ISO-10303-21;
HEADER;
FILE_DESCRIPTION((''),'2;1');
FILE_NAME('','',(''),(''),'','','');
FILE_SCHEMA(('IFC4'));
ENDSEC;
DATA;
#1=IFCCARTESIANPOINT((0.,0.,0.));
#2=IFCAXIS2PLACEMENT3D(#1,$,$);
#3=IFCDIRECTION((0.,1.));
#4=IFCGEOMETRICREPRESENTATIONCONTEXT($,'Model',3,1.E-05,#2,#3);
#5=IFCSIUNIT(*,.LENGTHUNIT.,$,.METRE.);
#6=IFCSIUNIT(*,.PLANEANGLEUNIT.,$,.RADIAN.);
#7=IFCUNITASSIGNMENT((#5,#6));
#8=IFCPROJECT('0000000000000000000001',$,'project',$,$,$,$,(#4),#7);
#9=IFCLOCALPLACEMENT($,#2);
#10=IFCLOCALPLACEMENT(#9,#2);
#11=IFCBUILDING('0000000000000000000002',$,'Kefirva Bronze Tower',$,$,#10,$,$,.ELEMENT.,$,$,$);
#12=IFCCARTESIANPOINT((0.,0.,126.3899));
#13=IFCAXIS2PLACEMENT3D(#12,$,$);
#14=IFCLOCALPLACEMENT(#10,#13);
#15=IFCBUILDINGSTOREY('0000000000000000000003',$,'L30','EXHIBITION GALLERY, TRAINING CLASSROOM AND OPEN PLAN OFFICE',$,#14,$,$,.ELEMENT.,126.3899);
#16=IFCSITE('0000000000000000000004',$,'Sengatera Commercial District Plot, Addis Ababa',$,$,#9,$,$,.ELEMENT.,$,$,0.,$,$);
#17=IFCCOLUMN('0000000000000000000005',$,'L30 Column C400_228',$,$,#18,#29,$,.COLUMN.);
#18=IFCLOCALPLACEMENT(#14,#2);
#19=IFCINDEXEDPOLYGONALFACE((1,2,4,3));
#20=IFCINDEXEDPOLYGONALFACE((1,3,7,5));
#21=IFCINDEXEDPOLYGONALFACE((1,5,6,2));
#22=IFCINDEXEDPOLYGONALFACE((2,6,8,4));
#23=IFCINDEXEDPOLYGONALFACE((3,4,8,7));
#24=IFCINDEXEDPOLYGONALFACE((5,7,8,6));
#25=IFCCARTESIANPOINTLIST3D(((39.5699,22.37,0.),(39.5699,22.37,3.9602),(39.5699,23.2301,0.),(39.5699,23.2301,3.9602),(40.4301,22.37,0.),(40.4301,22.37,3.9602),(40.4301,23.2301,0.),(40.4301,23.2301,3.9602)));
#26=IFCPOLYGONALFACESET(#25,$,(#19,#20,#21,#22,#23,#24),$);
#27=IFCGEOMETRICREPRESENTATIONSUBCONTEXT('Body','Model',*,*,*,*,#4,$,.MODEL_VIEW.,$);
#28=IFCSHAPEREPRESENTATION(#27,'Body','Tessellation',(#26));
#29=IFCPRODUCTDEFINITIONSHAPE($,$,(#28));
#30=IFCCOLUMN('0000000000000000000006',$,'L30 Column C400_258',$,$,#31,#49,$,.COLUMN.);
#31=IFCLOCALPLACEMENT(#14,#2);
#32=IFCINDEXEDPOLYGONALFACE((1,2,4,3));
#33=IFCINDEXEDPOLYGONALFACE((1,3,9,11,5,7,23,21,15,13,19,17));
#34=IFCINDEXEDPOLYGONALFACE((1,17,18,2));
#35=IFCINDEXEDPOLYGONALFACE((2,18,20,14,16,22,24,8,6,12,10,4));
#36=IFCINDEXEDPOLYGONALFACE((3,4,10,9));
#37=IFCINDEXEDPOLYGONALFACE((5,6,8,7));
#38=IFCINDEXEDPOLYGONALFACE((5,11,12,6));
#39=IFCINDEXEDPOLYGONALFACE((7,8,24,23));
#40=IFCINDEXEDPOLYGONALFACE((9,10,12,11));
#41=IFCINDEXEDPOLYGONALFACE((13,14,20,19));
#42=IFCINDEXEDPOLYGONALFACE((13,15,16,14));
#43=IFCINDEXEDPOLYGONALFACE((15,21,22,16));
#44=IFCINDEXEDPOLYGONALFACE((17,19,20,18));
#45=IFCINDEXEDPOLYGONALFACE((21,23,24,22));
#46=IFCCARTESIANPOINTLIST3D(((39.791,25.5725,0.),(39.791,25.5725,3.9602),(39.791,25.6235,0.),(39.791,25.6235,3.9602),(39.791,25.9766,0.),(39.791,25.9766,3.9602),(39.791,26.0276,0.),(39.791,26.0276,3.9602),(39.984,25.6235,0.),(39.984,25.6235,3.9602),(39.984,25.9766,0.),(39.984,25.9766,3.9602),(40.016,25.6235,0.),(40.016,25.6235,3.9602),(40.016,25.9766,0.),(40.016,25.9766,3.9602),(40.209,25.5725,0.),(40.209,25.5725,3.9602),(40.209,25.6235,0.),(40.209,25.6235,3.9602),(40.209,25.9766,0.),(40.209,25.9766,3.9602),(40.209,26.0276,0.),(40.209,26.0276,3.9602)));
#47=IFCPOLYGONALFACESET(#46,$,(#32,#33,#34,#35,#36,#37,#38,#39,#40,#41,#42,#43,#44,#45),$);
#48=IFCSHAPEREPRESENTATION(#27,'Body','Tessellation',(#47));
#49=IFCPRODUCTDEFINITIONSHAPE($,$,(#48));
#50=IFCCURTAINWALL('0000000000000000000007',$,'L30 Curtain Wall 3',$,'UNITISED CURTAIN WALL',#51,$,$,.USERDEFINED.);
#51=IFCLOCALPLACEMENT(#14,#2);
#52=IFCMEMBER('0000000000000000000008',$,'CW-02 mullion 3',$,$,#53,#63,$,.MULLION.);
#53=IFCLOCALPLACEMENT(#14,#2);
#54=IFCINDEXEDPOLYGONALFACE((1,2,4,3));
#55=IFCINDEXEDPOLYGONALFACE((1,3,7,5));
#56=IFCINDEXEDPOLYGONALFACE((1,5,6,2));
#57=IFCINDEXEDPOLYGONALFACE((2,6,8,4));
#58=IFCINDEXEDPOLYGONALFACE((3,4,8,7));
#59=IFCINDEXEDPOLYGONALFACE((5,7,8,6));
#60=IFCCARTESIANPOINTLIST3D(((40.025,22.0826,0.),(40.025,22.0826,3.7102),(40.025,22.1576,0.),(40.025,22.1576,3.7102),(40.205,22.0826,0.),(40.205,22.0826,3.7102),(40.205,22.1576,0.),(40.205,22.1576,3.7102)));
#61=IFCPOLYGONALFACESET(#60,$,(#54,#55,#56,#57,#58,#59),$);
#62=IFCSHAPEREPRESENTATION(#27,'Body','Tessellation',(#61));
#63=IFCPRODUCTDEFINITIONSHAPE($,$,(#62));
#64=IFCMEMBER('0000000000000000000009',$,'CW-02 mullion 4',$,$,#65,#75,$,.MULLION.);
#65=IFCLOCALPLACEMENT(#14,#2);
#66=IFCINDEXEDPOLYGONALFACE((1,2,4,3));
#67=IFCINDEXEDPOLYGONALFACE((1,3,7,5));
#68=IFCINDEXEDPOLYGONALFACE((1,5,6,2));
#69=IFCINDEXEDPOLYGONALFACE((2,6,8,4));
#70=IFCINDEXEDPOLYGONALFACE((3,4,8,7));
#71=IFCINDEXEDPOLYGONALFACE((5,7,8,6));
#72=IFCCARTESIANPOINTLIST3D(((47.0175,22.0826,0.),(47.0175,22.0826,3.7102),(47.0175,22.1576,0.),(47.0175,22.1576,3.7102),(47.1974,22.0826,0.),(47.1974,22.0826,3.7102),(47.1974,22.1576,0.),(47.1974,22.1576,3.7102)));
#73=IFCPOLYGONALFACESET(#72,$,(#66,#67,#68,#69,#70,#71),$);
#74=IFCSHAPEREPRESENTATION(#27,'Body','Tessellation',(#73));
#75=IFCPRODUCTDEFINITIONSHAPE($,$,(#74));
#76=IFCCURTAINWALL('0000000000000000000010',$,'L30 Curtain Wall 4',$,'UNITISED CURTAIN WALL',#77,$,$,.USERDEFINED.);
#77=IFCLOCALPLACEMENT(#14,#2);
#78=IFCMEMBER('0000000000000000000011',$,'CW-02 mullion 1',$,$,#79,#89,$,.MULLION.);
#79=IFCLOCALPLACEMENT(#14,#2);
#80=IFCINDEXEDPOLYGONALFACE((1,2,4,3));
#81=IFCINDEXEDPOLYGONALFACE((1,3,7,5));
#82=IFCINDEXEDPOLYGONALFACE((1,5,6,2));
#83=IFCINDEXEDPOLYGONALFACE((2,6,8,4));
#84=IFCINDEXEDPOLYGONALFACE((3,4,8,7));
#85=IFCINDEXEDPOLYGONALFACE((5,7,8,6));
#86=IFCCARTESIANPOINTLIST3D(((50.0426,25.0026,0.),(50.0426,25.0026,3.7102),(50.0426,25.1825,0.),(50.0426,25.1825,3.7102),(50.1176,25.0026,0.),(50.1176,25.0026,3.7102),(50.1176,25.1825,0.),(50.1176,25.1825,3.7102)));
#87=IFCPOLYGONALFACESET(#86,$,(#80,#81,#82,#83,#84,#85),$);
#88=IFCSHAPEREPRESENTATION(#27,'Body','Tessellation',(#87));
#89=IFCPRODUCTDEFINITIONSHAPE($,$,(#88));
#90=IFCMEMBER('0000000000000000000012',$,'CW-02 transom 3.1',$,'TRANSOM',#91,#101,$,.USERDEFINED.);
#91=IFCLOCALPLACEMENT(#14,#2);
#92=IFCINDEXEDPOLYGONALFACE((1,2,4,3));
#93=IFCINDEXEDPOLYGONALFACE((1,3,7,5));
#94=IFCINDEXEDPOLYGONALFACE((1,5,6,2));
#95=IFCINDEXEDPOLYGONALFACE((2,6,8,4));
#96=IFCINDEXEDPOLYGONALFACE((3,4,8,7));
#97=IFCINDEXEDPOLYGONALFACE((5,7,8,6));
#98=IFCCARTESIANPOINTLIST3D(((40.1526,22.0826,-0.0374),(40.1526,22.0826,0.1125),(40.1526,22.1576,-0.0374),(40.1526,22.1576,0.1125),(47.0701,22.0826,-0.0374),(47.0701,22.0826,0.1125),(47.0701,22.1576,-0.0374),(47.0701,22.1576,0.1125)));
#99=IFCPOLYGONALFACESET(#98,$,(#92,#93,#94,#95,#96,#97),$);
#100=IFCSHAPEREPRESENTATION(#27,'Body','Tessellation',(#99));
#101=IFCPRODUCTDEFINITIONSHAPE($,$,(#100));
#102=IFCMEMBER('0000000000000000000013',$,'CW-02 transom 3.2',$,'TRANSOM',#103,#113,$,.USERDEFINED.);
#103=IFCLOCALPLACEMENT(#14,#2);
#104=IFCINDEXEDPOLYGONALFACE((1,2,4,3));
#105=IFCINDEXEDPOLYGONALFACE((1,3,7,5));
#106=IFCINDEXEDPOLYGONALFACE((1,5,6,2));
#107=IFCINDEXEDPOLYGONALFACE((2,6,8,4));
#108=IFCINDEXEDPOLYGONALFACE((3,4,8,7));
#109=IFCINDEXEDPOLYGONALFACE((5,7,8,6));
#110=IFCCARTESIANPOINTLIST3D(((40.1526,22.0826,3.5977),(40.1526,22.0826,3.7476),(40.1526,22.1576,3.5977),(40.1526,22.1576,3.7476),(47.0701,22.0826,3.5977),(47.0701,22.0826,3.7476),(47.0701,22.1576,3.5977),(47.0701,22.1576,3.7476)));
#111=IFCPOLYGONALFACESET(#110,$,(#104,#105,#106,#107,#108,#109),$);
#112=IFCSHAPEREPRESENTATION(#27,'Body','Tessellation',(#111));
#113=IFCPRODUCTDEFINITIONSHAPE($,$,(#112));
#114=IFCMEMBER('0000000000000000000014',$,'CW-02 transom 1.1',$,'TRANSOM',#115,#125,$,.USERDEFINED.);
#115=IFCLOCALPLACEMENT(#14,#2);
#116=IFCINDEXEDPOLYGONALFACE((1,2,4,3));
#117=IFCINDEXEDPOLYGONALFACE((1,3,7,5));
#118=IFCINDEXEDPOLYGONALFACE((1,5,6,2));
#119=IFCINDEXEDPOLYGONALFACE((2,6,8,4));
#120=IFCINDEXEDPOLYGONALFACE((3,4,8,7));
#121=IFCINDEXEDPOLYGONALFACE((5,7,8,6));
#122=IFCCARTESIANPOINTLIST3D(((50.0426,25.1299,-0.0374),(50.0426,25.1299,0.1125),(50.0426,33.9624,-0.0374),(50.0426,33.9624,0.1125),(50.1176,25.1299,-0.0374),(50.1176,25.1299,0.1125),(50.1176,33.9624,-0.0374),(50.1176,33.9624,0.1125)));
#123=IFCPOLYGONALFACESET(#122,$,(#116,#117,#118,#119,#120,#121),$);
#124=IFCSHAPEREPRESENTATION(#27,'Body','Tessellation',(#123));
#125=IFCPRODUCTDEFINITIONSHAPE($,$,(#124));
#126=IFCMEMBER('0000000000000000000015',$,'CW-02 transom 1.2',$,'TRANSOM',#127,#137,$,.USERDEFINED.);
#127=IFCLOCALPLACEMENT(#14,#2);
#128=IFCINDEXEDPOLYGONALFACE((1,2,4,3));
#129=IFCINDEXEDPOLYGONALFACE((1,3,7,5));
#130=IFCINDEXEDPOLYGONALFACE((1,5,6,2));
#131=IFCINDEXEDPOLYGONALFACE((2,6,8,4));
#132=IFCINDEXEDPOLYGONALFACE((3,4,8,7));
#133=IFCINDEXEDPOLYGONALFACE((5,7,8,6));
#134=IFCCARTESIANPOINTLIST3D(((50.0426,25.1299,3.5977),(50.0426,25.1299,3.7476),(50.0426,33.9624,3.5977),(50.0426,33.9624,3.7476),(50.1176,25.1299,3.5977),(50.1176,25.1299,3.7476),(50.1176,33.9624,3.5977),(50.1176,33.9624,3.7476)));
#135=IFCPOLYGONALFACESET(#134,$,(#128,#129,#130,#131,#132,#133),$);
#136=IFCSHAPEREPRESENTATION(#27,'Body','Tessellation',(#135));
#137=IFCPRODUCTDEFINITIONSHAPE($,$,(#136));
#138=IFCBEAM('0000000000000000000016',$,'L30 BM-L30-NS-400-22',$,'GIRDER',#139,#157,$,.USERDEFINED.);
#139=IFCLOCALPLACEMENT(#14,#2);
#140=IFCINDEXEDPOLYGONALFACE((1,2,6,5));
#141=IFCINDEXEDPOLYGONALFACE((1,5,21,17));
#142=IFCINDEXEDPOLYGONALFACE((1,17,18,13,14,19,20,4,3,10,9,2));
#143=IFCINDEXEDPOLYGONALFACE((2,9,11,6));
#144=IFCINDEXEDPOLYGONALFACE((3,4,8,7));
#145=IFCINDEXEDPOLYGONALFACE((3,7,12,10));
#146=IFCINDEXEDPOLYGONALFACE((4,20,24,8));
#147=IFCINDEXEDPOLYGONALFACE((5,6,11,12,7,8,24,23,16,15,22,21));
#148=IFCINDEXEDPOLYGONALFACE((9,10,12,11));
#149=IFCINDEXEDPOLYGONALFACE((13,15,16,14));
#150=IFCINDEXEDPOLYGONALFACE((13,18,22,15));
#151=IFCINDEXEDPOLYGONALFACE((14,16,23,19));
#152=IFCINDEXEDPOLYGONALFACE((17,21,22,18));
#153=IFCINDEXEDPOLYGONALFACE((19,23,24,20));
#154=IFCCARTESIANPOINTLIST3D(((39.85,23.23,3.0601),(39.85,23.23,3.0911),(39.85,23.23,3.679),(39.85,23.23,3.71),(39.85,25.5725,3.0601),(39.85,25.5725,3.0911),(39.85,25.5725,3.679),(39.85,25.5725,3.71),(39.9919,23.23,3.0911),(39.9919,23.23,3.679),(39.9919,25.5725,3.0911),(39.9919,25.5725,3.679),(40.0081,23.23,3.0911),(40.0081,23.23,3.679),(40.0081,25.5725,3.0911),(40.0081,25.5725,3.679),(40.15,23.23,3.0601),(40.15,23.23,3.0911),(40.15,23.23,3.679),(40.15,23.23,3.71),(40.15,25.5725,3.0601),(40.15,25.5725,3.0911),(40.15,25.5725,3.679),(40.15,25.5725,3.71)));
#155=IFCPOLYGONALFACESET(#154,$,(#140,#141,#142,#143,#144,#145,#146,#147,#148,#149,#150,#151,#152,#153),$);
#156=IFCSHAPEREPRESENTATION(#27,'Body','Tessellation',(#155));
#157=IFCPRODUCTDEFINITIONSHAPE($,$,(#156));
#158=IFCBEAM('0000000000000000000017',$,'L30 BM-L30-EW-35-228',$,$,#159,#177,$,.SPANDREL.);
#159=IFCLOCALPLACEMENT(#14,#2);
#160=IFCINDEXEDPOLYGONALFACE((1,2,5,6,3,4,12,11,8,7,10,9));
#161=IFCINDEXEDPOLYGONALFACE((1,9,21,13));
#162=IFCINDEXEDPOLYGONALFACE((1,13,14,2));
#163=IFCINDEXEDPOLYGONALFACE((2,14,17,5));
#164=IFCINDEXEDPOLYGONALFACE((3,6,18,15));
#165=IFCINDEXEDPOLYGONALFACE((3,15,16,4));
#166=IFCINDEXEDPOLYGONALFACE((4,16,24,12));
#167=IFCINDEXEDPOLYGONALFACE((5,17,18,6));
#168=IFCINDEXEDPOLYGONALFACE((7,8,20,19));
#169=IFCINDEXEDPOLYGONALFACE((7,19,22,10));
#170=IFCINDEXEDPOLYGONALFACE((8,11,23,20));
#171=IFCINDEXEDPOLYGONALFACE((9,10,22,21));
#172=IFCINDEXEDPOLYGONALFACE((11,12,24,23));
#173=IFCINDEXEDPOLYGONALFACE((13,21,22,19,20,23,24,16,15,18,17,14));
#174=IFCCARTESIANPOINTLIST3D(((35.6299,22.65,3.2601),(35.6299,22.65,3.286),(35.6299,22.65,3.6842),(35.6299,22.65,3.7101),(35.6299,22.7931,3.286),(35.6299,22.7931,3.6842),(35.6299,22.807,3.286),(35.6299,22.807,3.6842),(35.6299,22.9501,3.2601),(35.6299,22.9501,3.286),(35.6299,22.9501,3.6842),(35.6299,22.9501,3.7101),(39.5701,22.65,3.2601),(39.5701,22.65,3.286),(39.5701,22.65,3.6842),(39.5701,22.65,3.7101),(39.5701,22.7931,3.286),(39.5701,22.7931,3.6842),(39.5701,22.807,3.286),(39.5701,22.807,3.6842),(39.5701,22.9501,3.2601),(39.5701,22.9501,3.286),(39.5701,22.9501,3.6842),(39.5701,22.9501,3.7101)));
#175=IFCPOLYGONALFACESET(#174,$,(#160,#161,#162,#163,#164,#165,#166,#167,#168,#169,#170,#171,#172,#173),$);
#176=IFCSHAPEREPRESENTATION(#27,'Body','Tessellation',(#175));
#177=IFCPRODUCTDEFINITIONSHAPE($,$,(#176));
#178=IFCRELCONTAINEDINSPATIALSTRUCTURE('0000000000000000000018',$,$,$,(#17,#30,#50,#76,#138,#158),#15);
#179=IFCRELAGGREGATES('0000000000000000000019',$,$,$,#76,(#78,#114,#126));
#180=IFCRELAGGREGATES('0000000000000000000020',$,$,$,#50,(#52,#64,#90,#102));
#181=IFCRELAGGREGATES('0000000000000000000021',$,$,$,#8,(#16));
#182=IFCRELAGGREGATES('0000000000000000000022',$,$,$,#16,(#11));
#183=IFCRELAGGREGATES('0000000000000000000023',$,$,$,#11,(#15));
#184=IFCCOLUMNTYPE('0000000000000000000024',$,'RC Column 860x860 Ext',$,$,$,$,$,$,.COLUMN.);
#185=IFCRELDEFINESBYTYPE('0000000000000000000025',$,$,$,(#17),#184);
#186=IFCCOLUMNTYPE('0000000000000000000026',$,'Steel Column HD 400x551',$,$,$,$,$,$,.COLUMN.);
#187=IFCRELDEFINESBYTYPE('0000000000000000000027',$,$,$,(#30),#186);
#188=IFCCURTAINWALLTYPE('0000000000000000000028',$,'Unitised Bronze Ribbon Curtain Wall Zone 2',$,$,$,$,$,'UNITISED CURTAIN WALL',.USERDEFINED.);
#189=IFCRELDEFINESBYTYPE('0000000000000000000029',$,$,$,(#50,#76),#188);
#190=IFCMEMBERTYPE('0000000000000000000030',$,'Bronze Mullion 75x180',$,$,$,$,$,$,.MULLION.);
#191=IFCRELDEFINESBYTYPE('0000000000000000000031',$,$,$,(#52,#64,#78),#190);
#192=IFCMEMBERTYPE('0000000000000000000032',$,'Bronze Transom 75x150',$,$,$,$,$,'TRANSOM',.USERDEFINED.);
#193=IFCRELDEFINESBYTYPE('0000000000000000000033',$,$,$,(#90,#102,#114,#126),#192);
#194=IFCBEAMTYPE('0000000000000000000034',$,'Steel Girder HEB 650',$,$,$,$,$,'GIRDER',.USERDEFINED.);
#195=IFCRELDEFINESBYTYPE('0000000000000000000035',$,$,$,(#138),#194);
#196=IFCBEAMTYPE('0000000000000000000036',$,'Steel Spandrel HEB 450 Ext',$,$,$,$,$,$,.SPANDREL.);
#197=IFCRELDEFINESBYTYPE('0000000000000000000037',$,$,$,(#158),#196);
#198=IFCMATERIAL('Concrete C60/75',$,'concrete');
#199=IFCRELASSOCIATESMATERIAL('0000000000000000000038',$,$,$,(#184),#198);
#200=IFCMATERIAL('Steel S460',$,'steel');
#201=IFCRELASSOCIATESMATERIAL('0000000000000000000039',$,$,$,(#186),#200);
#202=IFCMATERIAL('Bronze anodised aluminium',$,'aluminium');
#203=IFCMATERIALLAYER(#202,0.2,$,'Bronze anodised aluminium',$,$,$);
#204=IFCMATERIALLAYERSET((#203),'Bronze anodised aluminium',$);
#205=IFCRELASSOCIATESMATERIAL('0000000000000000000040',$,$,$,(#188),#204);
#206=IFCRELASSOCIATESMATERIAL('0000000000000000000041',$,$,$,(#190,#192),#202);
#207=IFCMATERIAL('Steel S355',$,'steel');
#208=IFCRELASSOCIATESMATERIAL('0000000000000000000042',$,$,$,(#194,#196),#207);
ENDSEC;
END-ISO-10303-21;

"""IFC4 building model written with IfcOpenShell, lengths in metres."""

from ifc_helpers import new_model, si_unit, direction, frame, origin, origin_2d, place, context, subcontext, project, spatial, rectangle, i_section, extrude, material, layer, layer_set, material_profile, profile_set, type_object, element, aggregate, save


model = new_model("IFC4")

# Units and contexts
model_context = context("Model", 3, precision=1e-05, world=origin(), true_north=direction((0.0, 1.0)))
body_context = subcontext(model_context, "Body", "Model", "MODEL_VIEW")
ifc_project = project(units=[si_unit("LENGTHUNIT", "METRE"), si_unit("PLANEANGLEUNIT", "RADIAN")], contexts=[model_context])

# Site, building, storey
site_placement = place(None, origin())
site = spatial("IfcSite", under=ifc_project, at=site_placement, Name="Sengatera Commercial District Plot, Addis Ababa", CompositionType="ELEMENT", RefElevation=0.0)
building_placement = place(site_placement, origin())
building = spatial("IfcBuilding", under=site, at=building_placement, Name="Kefirva Bronze Tower", CompositionType="ELEMENT")
storey_placement = place(building_placement, frame((0.0, 0.0, 126.3899)))
storey = spatial("IfcBuildingStorey", under=building, at=storey_placement, Name="L30", Description="EXHIBITION GALLERY, TRAINING CLASSROOM AND OPEN PLAN OFFICE", CompositionType="ELEMENT", Elevation=126.3899)

# Columns
ifc_material_1 = material(Name="Concrete C60/75", Category="concrete")
ifc_material_profile_1 = material_profile(ifc_material_1, rectangle(XDim=0.8601, YDim=0.8601, at=origin_2d()), Name="RC 860x860")
ifc_profile_set_1 = profile_set([ifc_material_profile_1], Name="Concrete C60/75")
column_type_1 = type_object("IfcColumnType", Name="RC Column 860x860 Ext", PredefinedType="COLUMN", material=ifc_profile_set_1)
column_1_placement = place(storey_placement, frame((40.0, 22.8, 0.0), z_axis=(0.0, 0.0, 1.0), x_axis=(1.0, 0.0, 0.0)))
element("IfcColumn", 1, at=column_1_placement, inside=storey, type_object=column_type_1, Name="L30 Column C400_228", PredefinedType="COLUMN", context=body_context, shape_type="SweptSolid", body=[
    extrude(rectangle(XDim=0.8601, YDim=0.8601, at=origin_2d()), origin(), (0.0, 0.0, 1.0), 3.9602),
])
ifc_material_2 = material(Name="Steel S460", Category="steel")
ifc_material_profile_2 = material_profile(ifc_material_2, i_section(OverallWidth=0.418, OverallDepth=0.4551, WebThickness=0.032, FlangeThickness=0.051, at=origin_2d()), Name="HD 400x551")
ifc_profile_set_2 = profile_set([ifc_material_profile_2], Name="Steel S460")
column_type_2 = type_object("IfcColumnType", Name="Steel Column HD 400x551", PredefinedType="COLUMN", material=ifc_profile_set_2)
column_2_placement = place(storey_placement, frame((40.0, 25.8, 0.0), z_axis=(0.0, 0.0, 1.0), x_axis=(1.0, 0.0, 0.0)))
element("IfcColumn", 2, at=column_2_placement, inside=storey, type_object=column_type_2, Name="L30 Column C400_258", PredefinedType="COLUMN", context=body_context, shape_type="SweptSolid", body=[
    extrude(i_section(OverallWidth=0.418, OverallDepth=0.4551, WebThickness=0.032, FlangeThickness=0.051, at=origin_2d()), origin(), (0.0, 0.0, 1.0), 3.9602),
])

# Curtain wall, members
ifc_material_3 = material(Name="Bronze anodised aluminium", Category="aluminium")
ifc_layer_1 = layer(ifc_material_3, 0.2, Name="Bronze anodised aluminium")
ifc_layer_set_1 = layer_set([ifc_layer_1], Name="Bronze anodised aluminium")
curtain_wall_type = type_object("IfcCurtainWallType", Name="Unitised Bronze Ribbon Curtain Wall Zone 2", ElementType="UNITISED CURTAIN WALL", PredefinedType="USERDEFINED", material=ifc_layer_set_1)
curtain_wall_1_placement = place(storey_placement, origin())
curtain_wall_1 = element("IfcCurtainWall", 3, at=curtain_wall_1_placement, inside=storey, type_object=curtain_wall_type, Name="L30 Curtain Wall 3", ObjectType="UNITISED CURTAIN WALL", PredefinedType="USERDEFINED")
ifc_material_profile_3 = material_profile(ifc_material_3, rectangle(XDim=0.075, YDim=0.1799, at=origin_2d()), Name="ALU 75x180")
ifc_profile_set_3 = profile_set([ifc_material_profile_3], Name="Bronze anodised aluminium")
member_type_1 = type_object("IfcMemberType", Name="Bronze Mullion 75x180", PredefinedType="MULLION", material=ifc_profile_set_3)
member_1_placement = place(storey_placement, frame((40.115, 22.1201, 0.0), z_axis=(0.0, 0.0, 1.0), x_axis=(0.0, 1.0, 0.0)))
member_1 = element("IfcMember", 4, at=member_1_placement, type_object=member_type_1, Name="CW-02 mullion 3", PredefinedType="MULLION", context=body_context, shape_type="SweptSolid", body=[
    extrude(rectangle(XDim=0.075, YDim=0.1799, at=origin_2d()), origin(), (0.0, 0.0, 1.0), 3.7102),
])
member_2_placement = place(storey_placement, frame((47.1074, 22.1201, 0.0), z_axis=(0.0, 0.0, 1.0), x_axis=(0.0, 1.0, 0.0)))
member_2 = element("IfcMember", 5, at=member_2_placement, type_object=member_type_1, Name="CW-02 mullion 4", PredefinedType="MULLION", context=body_context, shape_type="SweptSolid", body=[
    extrude(rectangle(XDim=0.075, YDim=0.1799, at=origin_2d()), origin(), (0.0, 0.0, 1.0), 3.7102),
])

# Curtain wall, member
curtain_wall_2_placement = place(storey_placement, origin())
curtain_wall_2 = element("IfcCurtainWall", 6, at=curtain_wall_2_placement, inside=storey, type_object=curtain_wall_type, Name="L30 Curtain Wall 4", ObjectType="UNITISED CURTAIN WALL", PredefinedType="USERDEFINED")
member_3_placement = place(storey_placement, frame((50.0801, 25.0925, 0.0), z_axis=(0.0, 0.0, 1.0), x_axis=(-1.0, 0.0, 0.0)))
member_3 = element("IfcMember", 7, at=member_3_placement, type_object=member_type_1, Name="CW-02 mullion 1", PredefinedType="MULLION", context=body_context, shape_type="SweptSolid", body=[
    extrude(rectangle(XDim=0.075, YDim=0.1799, at=origin_2d()), origin(), (0.0, 0.0, 1.0), 3.7102),
])

# Members
ifc_material_profile_4 = material_profile(ifc_material_3, rectangle(XDim=0.075, YDim=0.1499, at=origin_2d()), Name="ALU 75x150")
ifc_profile_set_4 = profile_set([ifc_material_profile_4], Name="Bronze anodised aluminium")
member_type_2 = type_object("IfcMemberType", Name="Bronze Transom 75x150", ElementType="TRANSOM", PredefinedType="USERDEFINED", material=ifc_profile_set_4)
member_4_placement = place(storey_placement, frame((40.1526, 22.1201, 0.0376), z_axis=(1.0, 0.0, 0.0), x_axis=(0.0, 1.0, 0.0)))
member_4 = element("IfcMember", 8, at=member_4_placement, type_object=member_type_2, Name="CW-02 transom 3.1", ObjectType="TRANSOM", PredefinedType="USERDEFINED", context=body_context, shape_type="SweptSolid", body=[
    extrude(rectangle(XDim=0.075, YDim=0.1499, at=origin_2d()), origin(), (0.0, 0.0, 1.0), 6.9175),
])
member_5_placement = place(storey_placement, frame((40.1526, 22.1201, 3.6726), z_axis=(1.0, 0.0, 0.0), x_axis=(0.0, 1.0, 0.0)))
member_5 = element("IfcMember", 9, at=member_5_placement, type_object=member_type_2, Name="CW-02 transom 3.2", ObjectType="TRANSOM", PredefinedType="USERDEFINED", context=body_context, shape_type="SweptSolid", body=[
    extrude(rectangle(XDim=0.075, YDim=0.1499, at=origin_2d()), origin(), (0.0, 0.0, 1.0), 6.9175),
])
member_6_placement = place(storey_placement, frame((50.0801, 25.1299, 0.0376), z_axis=(0.0, 1.0, 0.0), x_axis=(-1.0, 0.0, 0.0)))
member_6 = element("IfcMember", 10, at=member_6_placement, type_object=member_type_2, Name="CW-02 transom 1.1", ObjectType="TRANSOM", PredefinedType="USERDEFINED", context=body_context, shape_type="SweptSolid", body=[
    extrude(rectangle(XDim=0.075, YDim=0.1499, at=origin_2d()), origin(), (0.0, 0.0, 1.0), 8.8325),
])
member_7_placement = place(storey_placement, frame((50.0801, 25.1299, 3.6726), z_axis=(0.0, 1.0, 0.0), x_axis=(-1.0, 0.0, 0.0)))
member_7 = element("IfcMember", 11, at=member_7_placement, type_object=member_type_2, Name="CW-02 transom 1.2", ObjectType="TRANSOM", PredefinedType="USERDEFINED", context=body_context, shape_type="SweptSolid", body=[
    extrude(rectangle(XDim=0.075, YDim=0.1499, at=origin_2d()), origin(), (0.0, 0.0, 1.0), 8.8325),
])
aggregate(curtain_wall_2, [member_3, member_6, member_7])

# Beams
ifc_material_4 = material(Name="Steel S355", Category="steel")
ifc_material_profile_5 = material_profile(ifc_material_4, i_section(OverallWidth=0.3, OverallDepth=0.6499, WebThickness=0.0161, FlangeThickness=0.031, at=origin_2d()), Name="HEB 650")
ifc_profile_set_5 = profile_set([ifc_material_profile_5], Name="Steel S355")
beam_type_1 = type_object("IfcBeamType", Name="Steel Girder HEB 650", ElementType="GIRDER", PredefinedType="USERDEFINED", material=ifc_profile_set_5)
beam_1_placement = place(storey_placement, frame((40.0, 23.23, 3.385), z_axis=(0.0, 1.0, 0.0), x_axis=(-1.0, 0.0, 0.0)))
element("IfcBeam", 12, at=beam_1_placement, inside=storey, type_object=beam_type_1, Name="L30 BM-L30-NS-400-22", ObjectType="GIRDER", PredefinedType="USERDEFINED", context=body_context, shape_type="SweptSolid", body=[
    extrude(i_section(OverallWidth=0.3, OverallDepth=0.6499, WebThickness=0.0161, FlangeThickness=0.031, at=origin_2d()), origin(), (0.0, 0.0, 1.0), 2.3425),
])
ifc_material_profile_6 = material_profile(ifc_material_4, i_section(OverallWidth=0.3, OverallDepth=0.45, WebThickness=0.0139, FlangeThickness=0.0259, at=origin_2d()), Name="HEB 450")
ifc_profile_set_6 = profile_set([ifc_material_profile_6], Name="Steel S355")
beam_type_2 = type_object("IfcBeamType", Name="Steel Spandrel HEB 450 Ext", PredefinedType="SPANDREL", material=ifc_profile_set_6)
beam_2_placement = place(storey_placement, frame((35.6299, 22.8, 3.4851), z_axis=(1.0, 0.0, 0.0), x_axis=(0.0, 1.0, 0.0)))
element("IfcBeam", 13, at=beam_2_placement, inside=storey, type_object=beam_type_2, Name="L30 BM-L30-EW-35-228", PredefinedType="SPANDREL", context=body_context, shape_type="SweptSolid", body=[
    extrude(i_section(OverallWidth=0.3, OverallDepth=0.45, WebThickness=0.0139, FlangeThickness=0.0259, at=origin_2d()), origin(), (0.0, 0.0, 1.0), 3.9402),
])

aggregate(curtain_wall_1, [member_1, member_2, member_4, member_5])

save(model, "model.ifc")
